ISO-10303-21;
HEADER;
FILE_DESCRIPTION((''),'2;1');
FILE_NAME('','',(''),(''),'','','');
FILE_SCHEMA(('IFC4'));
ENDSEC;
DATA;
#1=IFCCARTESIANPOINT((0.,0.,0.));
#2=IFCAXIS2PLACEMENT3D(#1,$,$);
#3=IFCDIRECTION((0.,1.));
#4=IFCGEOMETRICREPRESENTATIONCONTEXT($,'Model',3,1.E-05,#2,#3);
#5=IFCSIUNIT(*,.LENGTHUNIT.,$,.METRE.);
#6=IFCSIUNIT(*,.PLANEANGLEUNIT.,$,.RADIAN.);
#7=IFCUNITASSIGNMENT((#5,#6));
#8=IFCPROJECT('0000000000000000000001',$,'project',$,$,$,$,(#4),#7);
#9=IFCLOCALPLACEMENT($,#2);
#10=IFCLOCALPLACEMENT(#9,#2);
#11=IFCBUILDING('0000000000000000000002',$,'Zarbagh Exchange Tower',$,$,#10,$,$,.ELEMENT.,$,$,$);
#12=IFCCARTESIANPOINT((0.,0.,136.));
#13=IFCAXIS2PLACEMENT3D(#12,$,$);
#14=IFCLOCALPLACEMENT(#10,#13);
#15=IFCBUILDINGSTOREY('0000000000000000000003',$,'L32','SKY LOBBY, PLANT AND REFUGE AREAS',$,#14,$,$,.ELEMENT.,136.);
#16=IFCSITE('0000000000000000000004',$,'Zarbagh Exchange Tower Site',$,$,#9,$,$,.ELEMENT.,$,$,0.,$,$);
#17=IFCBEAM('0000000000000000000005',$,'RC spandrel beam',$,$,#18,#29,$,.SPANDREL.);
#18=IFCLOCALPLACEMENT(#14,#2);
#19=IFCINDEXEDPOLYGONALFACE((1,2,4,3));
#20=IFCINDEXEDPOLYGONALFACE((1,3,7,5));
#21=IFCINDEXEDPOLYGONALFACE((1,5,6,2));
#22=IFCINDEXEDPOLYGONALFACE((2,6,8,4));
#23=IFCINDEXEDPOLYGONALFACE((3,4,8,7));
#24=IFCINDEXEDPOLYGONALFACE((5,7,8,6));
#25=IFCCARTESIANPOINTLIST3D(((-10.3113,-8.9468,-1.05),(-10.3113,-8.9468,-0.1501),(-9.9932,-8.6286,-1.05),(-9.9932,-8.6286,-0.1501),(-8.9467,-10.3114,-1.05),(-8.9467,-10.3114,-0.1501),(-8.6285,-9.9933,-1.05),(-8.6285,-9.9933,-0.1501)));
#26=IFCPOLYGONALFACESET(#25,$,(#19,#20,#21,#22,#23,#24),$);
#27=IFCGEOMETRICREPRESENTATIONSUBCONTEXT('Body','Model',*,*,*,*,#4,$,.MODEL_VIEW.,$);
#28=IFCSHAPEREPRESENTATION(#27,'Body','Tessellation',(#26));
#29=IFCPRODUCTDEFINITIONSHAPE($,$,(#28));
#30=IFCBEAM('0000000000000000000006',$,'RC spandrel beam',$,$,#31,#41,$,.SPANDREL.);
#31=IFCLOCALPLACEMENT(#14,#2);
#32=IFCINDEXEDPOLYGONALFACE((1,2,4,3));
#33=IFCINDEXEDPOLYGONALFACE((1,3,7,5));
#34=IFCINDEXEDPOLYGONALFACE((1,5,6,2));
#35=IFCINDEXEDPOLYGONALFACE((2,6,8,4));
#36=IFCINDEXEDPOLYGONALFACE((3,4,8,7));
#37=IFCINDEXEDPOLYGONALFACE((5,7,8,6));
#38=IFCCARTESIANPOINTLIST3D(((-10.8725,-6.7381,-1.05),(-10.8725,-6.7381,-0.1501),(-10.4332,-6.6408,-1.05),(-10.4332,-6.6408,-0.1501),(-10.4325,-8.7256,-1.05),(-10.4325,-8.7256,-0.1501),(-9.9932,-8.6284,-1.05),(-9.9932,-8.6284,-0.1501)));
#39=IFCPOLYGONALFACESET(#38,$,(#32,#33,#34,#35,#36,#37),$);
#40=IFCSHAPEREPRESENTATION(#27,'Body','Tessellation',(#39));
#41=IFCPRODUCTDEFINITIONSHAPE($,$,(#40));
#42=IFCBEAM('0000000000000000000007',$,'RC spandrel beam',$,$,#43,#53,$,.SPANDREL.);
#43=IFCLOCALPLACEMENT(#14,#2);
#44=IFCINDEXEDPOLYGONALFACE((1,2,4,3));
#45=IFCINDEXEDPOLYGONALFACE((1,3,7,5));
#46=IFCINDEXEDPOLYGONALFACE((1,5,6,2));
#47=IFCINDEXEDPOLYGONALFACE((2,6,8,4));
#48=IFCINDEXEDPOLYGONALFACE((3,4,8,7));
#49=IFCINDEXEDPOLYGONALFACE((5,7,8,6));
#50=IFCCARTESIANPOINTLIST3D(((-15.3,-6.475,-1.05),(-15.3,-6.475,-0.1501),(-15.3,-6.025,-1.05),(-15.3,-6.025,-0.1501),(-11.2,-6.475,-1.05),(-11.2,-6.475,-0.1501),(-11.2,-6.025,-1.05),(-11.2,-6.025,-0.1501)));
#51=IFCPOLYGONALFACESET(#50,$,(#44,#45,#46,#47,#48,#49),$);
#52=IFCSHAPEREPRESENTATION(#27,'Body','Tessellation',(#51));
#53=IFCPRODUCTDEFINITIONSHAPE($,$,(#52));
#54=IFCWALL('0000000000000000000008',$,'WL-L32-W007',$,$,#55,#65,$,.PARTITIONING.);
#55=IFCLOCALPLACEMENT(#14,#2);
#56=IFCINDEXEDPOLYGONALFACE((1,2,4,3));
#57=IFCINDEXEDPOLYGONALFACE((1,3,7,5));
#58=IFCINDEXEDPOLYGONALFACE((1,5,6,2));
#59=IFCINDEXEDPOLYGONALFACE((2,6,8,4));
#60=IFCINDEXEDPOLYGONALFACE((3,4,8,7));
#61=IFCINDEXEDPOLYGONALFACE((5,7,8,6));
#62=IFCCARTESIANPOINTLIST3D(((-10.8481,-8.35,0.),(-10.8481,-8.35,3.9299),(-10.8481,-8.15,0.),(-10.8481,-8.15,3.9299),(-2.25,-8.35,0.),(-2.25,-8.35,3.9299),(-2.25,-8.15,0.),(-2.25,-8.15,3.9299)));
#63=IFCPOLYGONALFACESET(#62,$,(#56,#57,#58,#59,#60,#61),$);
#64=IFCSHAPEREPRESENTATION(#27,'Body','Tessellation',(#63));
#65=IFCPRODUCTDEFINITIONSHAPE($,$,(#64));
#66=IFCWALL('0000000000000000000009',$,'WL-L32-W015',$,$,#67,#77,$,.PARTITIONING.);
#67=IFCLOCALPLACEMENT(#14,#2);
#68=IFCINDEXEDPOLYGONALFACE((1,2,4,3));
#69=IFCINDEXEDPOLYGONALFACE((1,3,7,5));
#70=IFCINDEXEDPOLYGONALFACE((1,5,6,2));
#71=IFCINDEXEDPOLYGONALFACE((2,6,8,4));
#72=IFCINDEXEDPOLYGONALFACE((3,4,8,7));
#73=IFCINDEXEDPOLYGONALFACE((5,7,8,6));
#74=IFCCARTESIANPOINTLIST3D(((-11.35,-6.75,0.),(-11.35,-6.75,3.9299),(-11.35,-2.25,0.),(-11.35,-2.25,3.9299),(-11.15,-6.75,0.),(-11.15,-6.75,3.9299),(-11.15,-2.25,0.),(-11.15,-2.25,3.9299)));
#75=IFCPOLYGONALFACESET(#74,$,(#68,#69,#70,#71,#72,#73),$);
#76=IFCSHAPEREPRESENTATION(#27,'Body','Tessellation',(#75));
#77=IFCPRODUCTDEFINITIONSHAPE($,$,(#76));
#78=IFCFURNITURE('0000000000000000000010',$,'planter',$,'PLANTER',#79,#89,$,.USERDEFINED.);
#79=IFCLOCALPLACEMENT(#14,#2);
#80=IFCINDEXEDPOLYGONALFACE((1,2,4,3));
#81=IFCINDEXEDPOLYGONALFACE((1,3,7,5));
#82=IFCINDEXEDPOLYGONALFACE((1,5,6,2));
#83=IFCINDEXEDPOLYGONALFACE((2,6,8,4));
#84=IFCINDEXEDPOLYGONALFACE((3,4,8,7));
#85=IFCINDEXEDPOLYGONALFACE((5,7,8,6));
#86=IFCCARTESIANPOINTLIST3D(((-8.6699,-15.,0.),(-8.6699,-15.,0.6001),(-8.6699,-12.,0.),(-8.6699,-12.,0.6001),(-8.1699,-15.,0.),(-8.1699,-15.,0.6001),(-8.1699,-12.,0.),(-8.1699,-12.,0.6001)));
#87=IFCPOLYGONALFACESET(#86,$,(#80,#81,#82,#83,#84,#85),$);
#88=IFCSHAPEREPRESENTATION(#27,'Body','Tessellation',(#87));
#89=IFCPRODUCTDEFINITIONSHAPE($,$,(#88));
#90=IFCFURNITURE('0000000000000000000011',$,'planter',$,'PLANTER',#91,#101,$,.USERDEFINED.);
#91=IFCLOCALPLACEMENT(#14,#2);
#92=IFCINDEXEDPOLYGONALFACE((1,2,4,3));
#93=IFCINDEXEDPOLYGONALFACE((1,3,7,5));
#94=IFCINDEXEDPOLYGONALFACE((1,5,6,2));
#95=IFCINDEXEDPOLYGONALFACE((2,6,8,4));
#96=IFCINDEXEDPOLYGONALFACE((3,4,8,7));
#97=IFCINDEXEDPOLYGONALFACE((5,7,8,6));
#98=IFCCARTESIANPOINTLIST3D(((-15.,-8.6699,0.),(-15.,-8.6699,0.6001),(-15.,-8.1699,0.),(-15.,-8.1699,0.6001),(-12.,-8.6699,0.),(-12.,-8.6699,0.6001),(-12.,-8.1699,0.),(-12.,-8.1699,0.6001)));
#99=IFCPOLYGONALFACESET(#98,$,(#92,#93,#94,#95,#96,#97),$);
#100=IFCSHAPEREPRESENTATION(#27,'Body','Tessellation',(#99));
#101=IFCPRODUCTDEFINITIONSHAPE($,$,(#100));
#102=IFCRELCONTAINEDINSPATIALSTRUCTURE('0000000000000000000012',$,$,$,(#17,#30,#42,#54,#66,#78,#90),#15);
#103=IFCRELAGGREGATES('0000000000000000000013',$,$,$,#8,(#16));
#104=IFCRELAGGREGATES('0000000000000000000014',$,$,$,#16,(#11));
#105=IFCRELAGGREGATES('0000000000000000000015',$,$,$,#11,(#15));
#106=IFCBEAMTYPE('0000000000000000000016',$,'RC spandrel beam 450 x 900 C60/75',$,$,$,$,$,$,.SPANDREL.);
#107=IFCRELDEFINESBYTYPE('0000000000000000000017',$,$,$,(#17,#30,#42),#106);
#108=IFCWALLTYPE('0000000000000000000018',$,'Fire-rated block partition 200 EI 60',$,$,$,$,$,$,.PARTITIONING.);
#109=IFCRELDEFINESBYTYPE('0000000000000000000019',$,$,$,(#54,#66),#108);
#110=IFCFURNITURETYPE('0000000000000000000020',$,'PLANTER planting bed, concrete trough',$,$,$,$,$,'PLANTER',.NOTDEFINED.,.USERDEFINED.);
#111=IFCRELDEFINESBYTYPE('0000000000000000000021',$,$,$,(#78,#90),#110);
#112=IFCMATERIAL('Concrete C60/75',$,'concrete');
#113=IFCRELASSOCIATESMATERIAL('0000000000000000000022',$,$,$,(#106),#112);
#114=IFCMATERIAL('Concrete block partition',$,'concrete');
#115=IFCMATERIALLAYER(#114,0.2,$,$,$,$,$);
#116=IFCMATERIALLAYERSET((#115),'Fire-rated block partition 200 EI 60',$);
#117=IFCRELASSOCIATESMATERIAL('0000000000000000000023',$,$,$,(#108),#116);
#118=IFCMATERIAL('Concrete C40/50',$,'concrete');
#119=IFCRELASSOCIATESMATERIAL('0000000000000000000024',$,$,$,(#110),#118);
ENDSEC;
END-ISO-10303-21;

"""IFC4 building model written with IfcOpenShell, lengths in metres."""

from ifc_helpers import new_model, si_unit, direction, frame, frame_2d, origin, origin_2d, place, context, subcontext, project, spatial, rectangle, extrude, material, layer, layer_set, material_profile, profile_set, type_object, element, save


model = new_model("IFC4")

# Units and contexts
model_context = context("Model", 3, precision=1e-05, world=origin(), true_north=direction((0.0, 1.0)))
body_context = subcontext(model_context, "Body", "Model", "MODEL_VIEW")
ifc_project = project(units=[si_unit("LENGTHUNIT", "METRE"), si_unit("PLANEANGLEUNIT", "RADIAN")], contexts=[model_context])

# Site, building, storey
site_placement = place(None, origin())
site = spatial("IfcSite", under=ifc_project, at=site_placement, Name="Zarbagh Exchange Tower Site", CompositionType="ELEMENT", RefElevation=0.0)
building_placement = place(site_placement, origin())
building = spatial("IfcBuilding", under=site, at=building_placement, Name="Zarbagh Exchange Tower", CompositionType="ELEMENT")
storey_placement = place(building_placement, frame((0.0, 0.0, 136.0)))
storey = spatial("IfcBuildingStorey", under=building, at=storey_placement, Name="L32", Description="SKY LOBBY, PLANT AND REFUGE AREAS", CompositionType="ELEMENT", Elevation=136.0)

# Shared definitions
ifc_material_1 = material(Name="Concrete C60/75", Category="concrete")

# Beams
ifc_material_2 = material(Name="Concrete C40/50", Category="concrete")
ifc_material_profile_1 = material_profile(ifc_material_1, rectangle(XDim=0.45, YDim=0.8999, at=origin_2d()), Name="RC spandrel beam 450 x 900 C60/75")
ifc_profile_set_1 = profile_set([ifc_material_profile_1], Name="Concrete C60/75")
beam_type_1 = type_object("IfcBeamType", Name="RC spandrel beam 450 x 900 C60/75", PredefinedType="SPANDREL", material=ifc_profile_set_1)
beam_1_placement = place(storey_placement, frame((-8.7876, -10.1523, -0.6001), z_axis=(-0.707107, 0.707107, 0.0), x_axis=(-0.707107, -0.707107, 0.0)))
element("IfcBeam", 1, at=beam_1_placement, inside=storey, type_object=beam_type_1, Name="RC spandrel beam", PredefinedType="SPANDREL", context=body_context, shape_type="SweptSolid", body=[
    extrude(rectangle(XDim=0.45, YDim=0.8999, at=origin_2d()), origin(), (0.0, 0.0, 1.0), 1.9299),
])
beam_2_placement = place(storey_placement, frame((-10.2129, -8.677, -0.6001), z_axis=(-0.216118, 0.976367, 0.0), x_axis=(-0.976367, -0.216118, 0.0)))
element("IfcBeam", 2, at=beam_2_placement, inside=storey, type_object=beam_type_1, Name="RC spandrel beam", PredefinedType="SPANDREL", context=body_context, shape_type="SweptSolid", body=[
    extrude(rectangle(XDim=0.45, YDim=0.8999, at=origin_2d()), origin(), (0.0, 0.0, 1.0), 2.0356),
])
beam_3_placement = place(storey_placement, frame((-11.2, -6.25, -0.6001), z_axis=(-1.0, 0.0, 0.0), x_axis=(0.0, -1.0, 0.0)))
element("IfcBeam", 3, at=beam_3_placement, inside=storey, type_object=beam_type_1, Name="RC spandrel beam", PredefinedType="SPANDREL", context=body_context, shape_type="SweptSolid", body=[
    extrude(rectangle(XDim=0.45, YDim=0.8999, at=origin_2d()), origin(), (0.0, 0.0, 1.0), 4.1001),
])

# Walls
ifc_material_3 = material(Name="Concrete block partition", Category="concrete")
ifc_layer_1 = layer(ifc_material_3, 0.2)
ifc_layer_set_1 = layer_set([ifc_layer_1], Name="Fire-rated block partition 200 EI 60")
wall_type_1 = type_object("IfcWallType", Name="Fire-rated block partition 200 EI 60", PredefinedType="PARTITIONING", material=ifc_layer_set_1)
wall_1_placement = place(storey_placement, frame((-10.8481, -8.25, 0.0), z_axis=(0.0, 0.0, 1.0), x_axis=(1.0, 0.0, 0.0)))
element("IfcWall", 4, at=wall_1_placement, inside=storey, type_object=wall_type_1, Name="WL-L32-W007", PredefinedType="PARTITIONING", context=body_context, shape_type="SweptSolid", body=[
    extrude(rectangle(XDim=8.5981, YDim=0.2, at=frame_2d((4.2991, 0.0))), origin(), (0.0, 0.0, 1.0), 3.9299),
])
wall_2_placement = place(storey_placement, frame((-11.25, -6.75, 0.0), z_axis=(0.0, 0.0, 1.0), x_axis=(0.0, 1.0, 0.0)))
element("IfcWall", 5, at=wall_2_placement, inside=storey, type_object=wall_type_1, Name="WL-L32-W015", PredefinedType="PARTITIONING", context=body_context, shape_type="SweptSolid", body=[
    extrude(rectangle(XDim=4.5, YDim=0.2, at=frame_2d((2.25, 0.0))), origin(), (0.0, 0.0, 1.0), 3.9299),
])

# Furniture
furniture_type = type_object("IfcFurnitureType", Name="PLANTER planting bed, concrete trough", ElementType="PLANTER", AssemblyPlace="NOTDEFINED", PredefinedType="USERDEFINED", material=ifc_material_2)
for number, where, z_axis, x_axis, name in (
    (6, (-8.4199, -13.5, 0.0), (0.0, 0.0, 1.0), (0.0, 1.0, 0.0), "planter"),
    (7, (-13.5, -8.4199, 0.0), (0.0, 0.0, 1.0), (-1.0, 0.0, 0.0), "planter"),
):
    element("IfcFurniture", number, at=place(storey_placement, frame(where, z_axis=z_axis, x_axis=x_axis)), inside=storey, type_object=furniture_type, Name=name, ObjectType="PLANTER", PredefinedType="USERDEFINED", context=body_context, shape_type="SweptSolid", body=[
        extrude(rectangle(XDim=3.0, YDim=0.5, at=origin_2d()), origin(), (0.0, 0.0, 1.0), 0.6001),
    ])

save(model, "model.ifc")
